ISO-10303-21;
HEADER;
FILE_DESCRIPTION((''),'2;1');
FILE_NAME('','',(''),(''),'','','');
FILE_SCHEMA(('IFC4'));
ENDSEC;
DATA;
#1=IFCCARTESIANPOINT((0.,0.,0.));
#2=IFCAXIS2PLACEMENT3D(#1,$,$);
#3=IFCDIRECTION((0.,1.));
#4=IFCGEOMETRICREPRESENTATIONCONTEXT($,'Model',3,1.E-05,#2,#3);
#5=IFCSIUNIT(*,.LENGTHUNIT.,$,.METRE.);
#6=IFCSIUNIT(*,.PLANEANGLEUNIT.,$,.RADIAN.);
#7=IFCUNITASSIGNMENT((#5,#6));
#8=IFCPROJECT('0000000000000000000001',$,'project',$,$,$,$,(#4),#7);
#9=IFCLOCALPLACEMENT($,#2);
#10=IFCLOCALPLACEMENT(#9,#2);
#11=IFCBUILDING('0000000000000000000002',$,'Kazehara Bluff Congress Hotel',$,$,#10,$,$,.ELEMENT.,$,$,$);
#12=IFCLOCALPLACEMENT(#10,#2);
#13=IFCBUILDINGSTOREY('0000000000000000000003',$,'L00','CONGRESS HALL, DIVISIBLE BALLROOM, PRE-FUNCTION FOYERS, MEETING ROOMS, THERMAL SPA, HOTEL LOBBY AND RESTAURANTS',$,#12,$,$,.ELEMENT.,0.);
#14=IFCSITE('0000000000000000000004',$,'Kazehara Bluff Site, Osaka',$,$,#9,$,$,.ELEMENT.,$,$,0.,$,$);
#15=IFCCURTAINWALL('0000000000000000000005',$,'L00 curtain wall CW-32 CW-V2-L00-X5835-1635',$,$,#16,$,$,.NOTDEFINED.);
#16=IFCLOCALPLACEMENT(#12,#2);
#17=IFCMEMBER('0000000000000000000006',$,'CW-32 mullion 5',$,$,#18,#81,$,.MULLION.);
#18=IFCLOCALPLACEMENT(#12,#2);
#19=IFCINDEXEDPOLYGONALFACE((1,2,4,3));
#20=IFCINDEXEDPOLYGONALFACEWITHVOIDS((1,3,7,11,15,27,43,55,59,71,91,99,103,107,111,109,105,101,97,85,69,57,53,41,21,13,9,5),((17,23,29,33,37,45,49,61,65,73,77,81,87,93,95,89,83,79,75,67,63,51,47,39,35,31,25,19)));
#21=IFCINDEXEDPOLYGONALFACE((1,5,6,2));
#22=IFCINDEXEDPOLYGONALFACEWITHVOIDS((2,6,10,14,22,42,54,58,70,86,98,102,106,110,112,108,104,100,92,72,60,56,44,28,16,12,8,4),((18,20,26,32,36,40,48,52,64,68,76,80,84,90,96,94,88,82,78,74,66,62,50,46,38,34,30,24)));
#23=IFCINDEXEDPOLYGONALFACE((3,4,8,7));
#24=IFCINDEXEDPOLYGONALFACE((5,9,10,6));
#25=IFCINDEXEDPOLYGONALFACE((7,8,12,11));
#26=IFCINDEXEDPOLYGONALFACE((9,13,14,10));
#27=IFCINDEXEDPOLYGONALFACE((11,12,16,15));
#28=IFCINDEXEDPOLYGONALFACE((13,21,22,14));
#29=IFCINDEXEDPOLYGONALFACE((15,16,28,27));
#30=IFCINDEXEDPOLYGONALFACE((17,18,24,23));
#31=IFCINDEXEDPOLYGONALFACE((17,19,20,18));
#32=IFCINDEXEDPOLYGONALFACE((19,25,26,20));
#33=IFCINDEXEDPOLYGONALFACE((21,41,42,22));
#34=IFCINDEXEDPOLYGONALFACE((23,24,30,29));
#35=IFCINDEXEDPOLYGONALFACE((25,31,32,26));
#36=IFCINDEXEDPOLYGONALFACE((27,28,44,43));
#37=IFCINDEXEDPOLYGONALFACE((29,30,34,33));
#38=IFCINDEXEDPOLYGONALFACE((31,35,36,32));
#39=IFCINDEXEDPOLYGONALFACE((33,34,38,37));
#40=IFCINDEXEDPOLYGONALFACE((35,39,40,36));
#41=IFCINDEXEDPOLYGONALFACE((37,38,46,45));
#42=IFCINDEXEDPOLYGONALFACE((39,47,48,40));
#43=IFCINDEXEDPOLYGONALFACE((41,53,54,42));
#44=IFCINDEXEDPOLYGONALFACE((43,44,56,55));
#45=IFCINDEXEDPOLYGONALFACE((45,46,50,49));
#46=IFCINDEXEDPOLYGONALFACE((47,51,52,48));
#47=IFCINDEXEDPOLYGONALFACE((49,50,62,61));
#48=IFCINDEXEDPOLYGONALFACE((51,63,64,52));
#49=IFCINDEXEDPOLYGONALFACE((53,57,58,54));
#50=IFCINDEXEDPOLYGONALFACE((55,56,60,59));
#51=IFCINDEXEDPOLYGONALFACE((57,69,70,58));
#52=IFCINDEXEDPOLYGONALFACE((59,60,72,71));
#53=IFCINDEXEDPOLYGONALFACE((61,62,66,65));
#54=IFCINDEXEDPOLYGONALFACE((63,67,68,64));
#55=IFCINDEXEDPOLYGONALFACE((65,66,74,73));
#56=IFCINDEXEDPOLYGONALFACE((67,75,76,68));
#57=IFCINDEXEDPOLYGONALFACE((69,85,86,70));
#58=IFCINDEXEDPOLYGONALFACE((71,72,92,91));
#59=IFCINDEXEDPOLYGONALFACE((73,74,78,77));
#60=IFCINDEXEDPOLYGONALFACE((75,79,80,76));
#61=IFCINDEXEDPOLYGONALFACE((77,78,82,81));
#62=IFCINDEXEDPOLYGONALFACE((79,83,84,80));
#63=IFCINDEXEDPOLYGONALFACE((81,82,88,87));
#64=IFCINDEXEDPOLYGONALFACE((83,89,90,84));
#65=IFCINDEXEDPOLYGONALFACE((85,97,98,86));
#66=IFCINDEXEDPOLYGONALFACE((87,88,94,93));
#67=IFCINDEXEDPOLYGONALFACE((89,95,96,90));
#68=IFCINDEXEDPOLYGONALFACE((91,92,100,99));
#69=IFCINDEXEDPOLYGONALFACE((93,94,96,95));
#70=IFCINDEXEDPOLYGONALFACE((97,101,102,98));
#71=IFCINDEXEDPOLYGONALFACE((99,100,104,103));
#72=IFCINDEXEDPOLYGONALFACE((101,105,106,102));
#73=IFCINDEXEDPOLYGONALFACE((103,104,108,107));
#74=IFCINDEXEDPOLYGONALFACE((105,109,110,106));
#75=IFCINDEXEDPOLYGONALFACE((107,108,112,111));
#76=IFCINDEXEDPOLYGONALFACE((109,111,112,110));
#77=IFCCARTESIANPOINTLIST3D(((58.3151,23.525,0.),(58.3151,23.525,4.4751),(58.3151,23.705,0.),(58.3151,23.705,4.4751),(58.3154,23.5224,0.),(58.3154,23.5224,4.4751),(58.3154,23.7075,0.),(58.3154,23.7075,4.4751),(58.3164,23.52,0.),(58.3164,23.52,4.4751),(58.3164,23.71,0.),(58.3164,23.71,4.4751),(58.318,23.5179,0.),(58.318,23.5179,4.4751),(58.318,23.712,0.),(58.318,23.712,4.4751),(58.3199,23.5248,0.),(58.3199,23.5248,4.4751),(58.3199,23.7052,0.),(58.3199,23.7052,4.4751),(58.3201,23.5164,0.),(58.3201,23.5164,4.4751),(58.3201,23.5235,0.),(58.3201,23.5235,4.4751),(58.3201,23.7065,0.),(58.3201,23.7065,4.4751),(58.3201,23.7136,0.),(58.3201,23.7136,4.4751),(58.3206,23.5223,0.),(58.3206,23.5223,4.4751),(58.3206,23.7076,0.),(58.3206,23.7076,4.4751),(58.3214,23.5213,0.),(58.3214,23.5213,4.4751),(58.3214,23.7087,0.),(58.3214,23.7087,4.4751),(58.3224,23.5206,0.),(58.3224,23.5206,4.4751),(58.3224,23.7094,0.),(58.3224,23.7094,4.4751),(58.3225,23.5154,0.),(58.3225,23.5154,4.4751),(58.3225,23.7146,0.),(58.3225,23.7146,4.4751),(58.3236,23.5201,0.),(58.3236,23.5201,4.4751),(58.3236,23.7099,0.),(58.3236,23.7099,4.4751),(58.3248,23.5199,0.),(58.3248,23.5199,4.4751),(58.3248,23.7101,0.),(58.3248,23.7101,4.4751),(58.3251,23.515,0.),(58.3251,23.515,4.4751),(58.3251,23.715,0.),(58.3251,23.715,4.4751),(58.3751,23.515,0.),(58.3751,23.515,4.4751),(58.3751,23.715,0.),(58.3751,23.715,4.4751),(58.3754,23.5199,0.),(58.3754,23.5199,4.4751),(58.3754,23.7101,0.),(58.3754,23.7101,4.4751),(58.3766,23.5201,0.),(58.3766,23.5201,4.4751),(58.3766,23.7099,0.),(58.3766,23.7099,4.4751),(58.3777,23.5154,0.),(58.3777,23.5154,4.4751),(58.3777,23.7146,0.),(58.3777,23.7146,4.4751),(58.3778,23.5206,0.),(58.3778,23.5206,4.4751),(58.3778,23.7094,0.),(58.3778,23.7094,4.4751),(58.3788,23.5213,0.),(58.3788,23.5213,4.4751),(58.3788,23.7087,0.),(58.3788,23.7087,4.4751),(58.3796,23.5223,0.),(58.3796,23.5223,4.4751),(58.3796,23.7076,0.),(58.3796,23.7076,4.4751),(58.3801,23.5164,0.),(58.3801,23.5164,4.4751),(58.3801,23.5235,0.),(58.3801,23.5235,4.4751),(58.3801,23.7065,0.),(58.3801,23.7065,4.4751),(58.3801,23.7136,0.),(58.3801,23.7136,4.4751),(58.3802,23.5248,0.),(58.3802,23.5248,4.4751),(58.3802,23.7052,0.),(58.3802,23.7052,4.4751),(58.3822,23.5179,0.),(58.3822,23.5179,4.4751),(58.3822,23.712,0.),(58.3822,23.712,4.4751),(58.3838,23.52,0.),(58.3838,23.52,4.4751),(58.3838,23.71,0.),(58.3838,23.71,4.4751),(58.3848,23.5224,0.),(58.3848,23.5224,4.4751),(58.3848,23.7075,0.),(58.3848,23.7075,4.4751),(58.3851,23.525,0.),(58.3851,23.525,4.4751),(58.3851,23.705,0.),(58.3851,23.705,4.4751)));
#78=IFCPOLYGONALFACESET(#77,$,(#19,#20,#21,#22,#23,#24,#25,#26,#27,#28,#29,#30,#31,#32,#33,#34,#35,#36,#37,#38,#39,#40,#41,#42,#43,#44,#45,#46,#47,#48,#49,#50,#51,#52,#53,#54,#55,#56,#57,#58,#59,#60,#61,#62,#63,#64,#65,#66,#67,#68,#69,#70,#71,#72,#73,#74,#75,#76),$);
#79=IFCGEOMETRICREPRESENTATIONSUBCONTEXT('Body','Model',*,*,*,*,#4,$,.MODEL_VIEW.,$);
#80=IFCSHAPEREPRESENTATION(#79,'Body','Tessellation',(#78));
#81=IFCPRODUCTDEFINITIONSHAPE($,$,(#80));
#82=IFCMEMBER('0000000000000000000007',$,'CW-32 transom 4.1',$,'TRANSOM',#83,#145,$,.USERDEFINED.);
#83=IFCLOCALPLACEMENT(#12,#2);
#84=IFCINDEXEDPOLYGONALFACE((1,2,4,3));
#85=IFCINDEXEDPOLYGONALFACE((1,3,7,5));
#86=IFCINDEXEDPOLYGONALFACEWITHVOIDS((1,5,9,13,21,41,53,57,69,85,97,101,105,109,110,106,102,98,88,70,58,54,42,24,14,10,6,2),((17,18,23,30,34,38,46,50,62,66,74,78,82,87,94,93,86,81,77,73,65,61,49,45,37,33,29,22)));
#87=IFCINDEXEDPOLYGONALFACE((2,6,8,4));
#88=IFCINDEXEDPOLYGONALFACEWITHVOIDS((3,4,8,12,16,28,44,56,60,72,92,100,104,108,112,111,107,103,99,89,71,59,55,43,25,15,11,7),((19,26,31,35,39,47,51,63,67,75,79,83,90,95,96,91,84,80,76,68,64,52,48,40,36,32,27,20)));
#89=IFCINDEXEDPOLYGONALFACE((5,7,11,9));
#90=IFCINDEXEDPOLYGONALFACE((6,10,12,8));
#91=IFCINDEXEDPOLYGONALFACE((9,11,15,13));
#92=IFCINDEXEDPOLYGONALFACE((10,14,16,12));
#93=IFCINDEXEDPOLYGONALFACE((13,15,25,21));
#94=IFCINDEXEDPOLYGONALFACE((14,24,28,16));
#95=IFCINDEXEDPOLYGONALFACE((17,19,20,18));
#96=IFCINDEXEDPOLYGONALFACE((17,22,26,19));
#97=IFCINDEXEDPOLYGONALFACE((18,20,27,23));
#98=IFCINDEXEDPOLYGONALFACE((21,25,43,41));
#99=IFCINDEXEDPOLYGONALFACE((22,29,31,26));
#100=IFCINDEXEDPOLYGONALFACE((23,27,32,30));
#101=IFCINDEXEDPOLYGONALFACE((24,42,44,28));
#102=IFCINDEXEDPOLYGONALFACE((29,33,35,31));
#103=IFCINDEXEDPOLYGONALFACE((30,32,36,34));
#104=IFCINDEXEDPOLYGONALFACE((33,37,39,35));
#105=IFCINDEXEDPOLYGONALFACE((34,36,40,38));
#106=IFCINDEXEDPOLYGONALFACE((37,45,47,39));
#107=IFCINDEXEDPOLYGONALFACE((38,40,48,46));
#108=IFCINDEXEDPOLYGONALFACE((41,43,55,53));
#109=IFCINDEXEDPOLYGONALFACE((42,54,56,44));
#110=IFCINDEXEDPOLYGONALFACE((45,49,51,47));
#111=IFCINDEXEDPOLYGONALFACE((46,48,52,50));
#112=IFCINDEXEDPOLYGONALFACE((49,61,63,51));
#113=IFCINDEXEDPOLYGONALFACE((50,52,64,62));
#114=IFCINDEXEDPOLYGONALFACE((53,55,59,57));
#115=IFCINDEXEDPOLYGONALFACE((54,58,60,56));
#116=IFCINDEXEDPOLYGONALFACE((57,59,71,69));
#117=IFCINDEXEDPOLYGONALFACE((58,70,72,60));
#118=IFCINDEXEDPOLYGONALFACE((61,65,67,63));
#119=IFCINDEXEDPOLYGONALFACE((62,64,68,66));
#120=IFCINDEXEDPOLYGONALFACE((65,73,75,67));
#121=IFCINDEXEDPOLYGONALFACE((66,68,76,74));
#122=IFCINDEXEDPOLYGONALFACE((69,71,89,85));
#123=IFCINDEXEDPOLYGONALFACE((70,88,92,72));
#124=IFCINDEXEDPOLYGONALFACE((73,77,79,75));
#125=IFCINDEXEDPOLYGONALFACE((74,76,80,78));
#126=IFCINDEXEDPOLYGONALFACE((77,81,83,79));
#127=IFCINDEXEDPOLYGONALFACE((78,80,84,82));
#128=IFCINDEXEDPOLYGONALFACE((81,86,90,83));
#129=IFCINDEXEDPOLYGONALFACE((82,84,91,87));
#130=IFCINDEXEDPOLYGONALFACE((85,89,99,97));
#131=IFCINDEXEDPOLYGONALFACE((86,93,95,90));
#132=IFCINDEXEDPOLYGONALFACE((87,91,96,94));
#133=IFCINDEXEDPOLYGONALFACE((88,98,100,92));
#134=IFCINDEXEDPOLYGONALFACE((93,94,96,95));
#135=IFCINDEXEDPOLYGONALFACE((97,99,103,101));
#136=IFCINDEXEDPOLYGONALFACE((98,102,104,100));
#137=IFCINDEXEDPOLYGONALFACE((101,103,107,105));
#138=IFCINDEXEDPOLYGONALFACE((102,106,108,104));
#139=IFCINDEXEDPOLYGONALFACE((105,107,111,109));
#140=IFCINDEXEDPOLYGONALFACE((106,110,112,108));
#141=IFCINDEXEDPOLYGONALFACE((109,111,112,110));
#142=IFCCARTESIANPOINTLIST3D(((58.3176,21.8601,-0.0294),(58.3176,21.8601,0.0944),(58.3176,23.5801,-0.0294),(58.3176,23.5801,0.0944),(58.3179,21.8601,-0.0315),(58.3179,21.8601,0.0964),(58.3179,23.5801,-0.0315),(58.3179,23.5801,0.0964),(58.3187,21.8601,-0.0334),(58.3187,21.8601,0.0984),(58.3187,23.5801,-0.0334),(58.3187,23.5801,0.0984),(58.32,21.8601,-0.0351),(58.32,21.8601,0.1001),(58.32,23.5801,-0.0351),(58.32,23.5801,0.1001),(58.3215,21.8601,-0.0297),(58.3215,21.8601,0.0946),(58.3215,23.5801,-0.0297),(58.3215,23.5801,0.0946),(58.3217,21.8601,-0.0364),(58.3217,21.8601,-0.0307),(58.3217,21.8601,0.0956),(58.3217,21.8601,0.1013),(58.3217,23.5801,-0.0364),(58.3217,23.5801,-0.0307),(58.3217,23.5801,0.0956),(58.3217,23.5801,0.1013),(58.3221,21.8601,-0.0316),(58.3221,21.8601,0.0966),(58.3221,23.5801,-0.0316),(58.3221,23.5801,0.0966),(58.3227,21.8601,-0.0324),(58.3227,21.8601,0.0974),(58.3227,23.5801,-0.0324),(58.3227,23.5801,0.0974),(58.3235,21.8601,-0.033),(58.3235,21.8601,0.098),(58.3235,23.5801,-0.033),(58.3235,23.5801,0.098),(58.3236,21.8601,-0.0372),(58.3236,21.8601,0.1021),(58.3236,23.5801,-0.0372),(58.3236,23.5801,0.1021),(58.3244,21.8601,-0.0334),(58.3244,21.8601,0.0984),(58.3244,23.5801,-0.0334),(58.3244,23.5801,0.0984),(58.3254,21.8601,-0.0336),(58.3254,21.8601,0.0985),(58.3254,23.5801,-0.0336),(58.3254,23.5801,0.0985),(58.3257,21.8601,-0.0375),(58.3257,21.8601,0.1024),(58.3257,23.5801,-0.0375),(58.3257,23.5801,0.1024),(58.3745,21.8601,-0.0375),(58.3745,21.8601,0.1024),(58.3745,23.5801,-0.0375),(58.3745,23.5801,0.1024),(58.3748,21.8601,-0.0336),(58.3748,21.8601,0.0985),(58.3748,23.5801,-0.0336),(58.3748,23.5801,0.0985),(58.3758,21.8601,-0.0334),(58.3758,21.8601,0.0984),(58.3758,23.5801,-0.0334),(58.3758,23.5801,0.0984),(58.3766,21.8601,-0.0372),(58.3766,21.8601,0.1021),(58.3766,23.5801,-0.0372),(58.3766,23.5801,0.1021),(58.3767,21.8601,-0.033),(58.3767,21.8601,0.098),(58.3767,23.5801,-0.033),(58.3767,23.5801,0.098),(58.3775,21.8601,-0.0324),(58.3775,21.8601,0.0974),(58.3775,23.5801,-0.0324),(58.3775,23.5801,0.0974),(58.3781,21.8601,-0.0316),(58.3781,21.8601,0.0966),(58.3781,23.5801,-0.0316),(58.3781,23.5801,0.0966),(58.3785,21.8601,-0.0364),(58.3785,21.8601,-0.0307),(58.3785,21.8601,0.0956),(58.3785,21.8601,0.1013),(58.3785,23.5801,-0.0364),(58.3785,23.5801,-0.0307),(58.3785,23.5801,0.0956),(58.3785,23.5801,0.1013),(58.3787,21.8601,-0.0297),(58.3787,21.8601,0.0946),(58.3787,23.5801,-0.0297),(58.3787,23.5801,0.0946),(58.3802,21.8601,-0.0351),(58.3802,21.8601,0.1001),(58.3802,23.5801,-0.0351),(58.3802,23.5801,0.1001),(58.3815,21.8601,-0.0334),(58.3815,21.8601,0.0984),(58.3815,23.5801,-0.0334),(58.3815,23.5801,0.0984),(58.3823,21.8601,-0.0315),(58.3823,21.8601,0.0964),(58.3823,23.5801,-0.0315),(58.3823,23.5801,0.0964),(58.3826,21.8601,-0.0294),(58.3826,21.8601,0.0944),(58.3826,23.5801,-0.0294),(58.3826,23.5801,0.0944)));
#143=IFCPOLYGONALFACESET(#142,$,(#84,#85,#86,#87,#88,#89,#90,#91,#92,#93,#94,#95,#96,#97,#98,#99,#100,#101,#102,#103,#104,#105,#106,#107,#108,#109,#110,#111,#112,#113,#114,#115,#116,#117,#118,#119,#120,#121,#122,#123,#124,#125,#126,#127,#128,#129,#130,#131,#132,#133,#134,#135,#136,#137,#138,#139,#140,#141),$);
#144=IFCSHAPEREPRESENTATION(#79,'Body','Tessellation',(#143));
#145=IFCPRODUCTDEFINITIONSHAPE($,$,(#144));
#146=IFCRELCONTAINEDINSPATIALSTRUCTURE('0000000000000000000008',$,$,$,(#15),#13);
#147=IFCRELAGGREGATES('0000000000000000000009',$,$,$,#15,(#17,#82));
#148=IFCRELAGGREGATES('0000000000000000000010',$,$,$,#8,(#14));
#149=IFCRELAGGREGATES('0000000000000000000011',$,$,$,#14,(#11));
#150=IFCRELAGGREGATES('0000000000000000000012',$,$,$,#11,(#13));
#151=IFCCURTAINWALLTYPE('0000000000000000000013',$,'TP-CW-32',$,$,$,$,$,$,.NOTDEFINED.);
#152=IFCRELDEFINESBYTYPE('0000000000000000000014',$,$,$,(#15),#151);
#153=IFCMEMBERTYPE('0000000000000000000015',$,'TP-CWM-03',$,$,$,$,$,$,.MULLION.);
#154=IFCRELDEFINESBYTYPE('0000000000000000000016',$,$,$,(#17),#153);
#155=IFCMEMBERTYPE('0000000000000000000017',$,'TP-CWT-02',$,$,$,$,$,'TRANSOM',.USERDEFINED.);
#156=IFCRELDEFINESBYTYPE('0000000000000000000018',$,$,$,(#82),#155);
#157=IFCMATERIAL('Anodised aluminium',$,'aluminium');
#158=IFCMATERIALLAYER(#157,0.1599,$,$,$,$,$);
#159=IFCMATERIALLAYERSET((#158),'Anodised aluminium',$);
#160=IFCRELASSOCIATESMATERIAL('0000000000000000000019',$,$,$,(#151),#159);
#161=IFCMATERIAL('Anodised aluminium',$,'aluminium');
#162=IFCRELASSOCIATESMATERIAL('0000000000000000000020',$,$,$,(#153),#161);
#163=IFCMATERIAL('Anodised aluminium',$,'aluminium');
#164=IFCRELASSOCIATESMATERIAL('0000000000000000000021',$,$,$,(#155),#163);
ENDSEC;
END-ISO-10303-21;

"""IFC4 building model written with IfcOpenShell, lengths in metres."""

from ifc_helpers import new_model, si_unit, direction, frame, origin, origin_2d, place, context, subcontext, project, spatial, hollow_rectangle, extrude, material, layer, layer_set, material_profile, profile_set, type_object, element, aggregate, save


model = new_model("IFC4")

# Units and contexts
model_context = context("Model", 3, precision=1e-05, world=origin(), true_north=direction((0.0, 1.0)))
body_context = subcontext(model_context, "Body", "Model", "MODEL_VIEW")
ifc_project = project(units=[si_unit("LENGTHUNIT", "METRE"), si_unit("PLANEANGLEUNIT", "RADIAN")], contexts=[model_context])

# Site, building, storey
site_placement = place(None, origin())
site = spatial("IfcSite", under=ifc_project, at=site_placement, Name="Kazehara Bluff Site, Osaka", CompositionType="ELEMENT", RefElevation=0.0)
building_placement = place(site_placement, origin())
building = spatial("IfcBuilding", under=site, at=building_placement, Name="Kazehara Bluff Congress Hotel", CompositionType="ELEMENT")
storey_placement = place(building_placement, origin())
storey = spatial("IfcBuildingStorey", under=building, at=storey_placement, Name="L00", Description="CONGRESS HALL, DIVISIBLE BALLROOM, PRE-FUNCTION FOYERS, MEETING ROOMS, THERMAL SPA, HOTEL LOBBY AND RESTAURANTS", CompositionType="ELEMENT", Elevation=0.0)

# Curtain wall, members
ifc_material_1 = material(Name="Anodised aluminium", Category="aluminium")
ifc_layer_1 = layer(ifc_material_1, 0.1599)
ifc_layer_set_1 = layer_set([ifc_layer_1], Name="Anodised aluminium")
curtain_wall_type = type_object("IfcCurtainWallType", Name="TP-CW-32", PredefinedType="NOTDEFINED", material=ifc_layer_set_1)
curtain_wall_placement = place(storey_placement, origin())
curtain_wall = element("IfcCurtainWall", 1, at=curtain_wall_placement, inside=storey, type_object=curtain_wall_type, Name="L00 curtain wall CW-32 CW-V2-L00-X5835-1635", PredefinedType="NOTDEFINED")
ifc_material_2 = material(Name="Anodised aluminium", Category="aluminium")
ifc_material_profile_1 = material_profile(ifc_material_2, hollow_rectangle(XDim=0.0701, YDim=0.2, WallThickness=0.0049, InnerFilletRadius=0.0049, OuterFilletRadius=0.01, at=origin_2d()))
ifc_profile_set_1 = profile_set([ifc_material_profile_1], Name="Anodised aluminium")
member_type_1 = type_object("IfcMemberType", Name="TP-CWM-03", PredefinedType="MULLION", material=ifc_profile_set_1)
member_1_placement = place(storey_placement, frame((58.3501, 23.615, 0.0), z_axis=(0.0, 0.0, 1.0), x_axis=(-1.0, 0.0, 0.0)))
member_1 = element("IfcMember", 2, at=member_1_placement, type_object=member_type_1, Name="CW-32 mullion 5", PredefinedType="MULLION", context=body_context, shape_type="SweptSolid", body=[
    extrude(hollow_rectangle(XDim=0.0701, YDim=0.2, WallThickness=0.0049, InnerFilletRadius=0.0049, OuterFilletRadius=0.01, at=origin_2d()), origin(), (0.0, 0.0, 1.0), 4.4751),
])
ifc_material_3 = material(Name="Anodised aluminium", Category="aluminium")
ifc_material_profile_2 = material_profile(ifc_material_3, hollow_rectangle(XDim=0.0649, YDim=0.1399, WallThickness=0.0039, InnerFilletRadius=0.0039, OuterFilletRadius=0.0081, at=origin_2d()))
ifc_profile_set_2 = profile_set([ifc_material_profile_2], Name="Anodised aluminium")
member_type_2 = type_object("IfcMemberType", Name="TP-CWT-02", ElementType="TRANSOM", PredefinedType="USERDEFINED", material=ifc_profile_set_2)
member_2_placement = place(storey_placement, frame((58.3501, 21.8601, 0.0325), z_axis=(0.0, 1.0, 0.0), x_axis=(-1.0, 0.0, 0.0)))
member_2 = element("IfcMember", 3, at=member_2_placement, type_object=member_type_2, Name="CW-32 transom 4.1", ObjectType="TRANSOM", PredefinedType="USERDEFINED", context=body_context, shape_type="SweptSolid", body=[
    extrude(hollow_rectangle(XDim=0.0649, YDim=0.1399, WallThickness=0.0039, InnerFilletRadius=0.0039, OuterFilletRadius=0.0081, at=origin_2d()), origin(), (0.0, 0.0, 1.0), 1.72),
])

aggregate(curtain_wall, [member_1, member_2])

save(model, "model.ifc")
